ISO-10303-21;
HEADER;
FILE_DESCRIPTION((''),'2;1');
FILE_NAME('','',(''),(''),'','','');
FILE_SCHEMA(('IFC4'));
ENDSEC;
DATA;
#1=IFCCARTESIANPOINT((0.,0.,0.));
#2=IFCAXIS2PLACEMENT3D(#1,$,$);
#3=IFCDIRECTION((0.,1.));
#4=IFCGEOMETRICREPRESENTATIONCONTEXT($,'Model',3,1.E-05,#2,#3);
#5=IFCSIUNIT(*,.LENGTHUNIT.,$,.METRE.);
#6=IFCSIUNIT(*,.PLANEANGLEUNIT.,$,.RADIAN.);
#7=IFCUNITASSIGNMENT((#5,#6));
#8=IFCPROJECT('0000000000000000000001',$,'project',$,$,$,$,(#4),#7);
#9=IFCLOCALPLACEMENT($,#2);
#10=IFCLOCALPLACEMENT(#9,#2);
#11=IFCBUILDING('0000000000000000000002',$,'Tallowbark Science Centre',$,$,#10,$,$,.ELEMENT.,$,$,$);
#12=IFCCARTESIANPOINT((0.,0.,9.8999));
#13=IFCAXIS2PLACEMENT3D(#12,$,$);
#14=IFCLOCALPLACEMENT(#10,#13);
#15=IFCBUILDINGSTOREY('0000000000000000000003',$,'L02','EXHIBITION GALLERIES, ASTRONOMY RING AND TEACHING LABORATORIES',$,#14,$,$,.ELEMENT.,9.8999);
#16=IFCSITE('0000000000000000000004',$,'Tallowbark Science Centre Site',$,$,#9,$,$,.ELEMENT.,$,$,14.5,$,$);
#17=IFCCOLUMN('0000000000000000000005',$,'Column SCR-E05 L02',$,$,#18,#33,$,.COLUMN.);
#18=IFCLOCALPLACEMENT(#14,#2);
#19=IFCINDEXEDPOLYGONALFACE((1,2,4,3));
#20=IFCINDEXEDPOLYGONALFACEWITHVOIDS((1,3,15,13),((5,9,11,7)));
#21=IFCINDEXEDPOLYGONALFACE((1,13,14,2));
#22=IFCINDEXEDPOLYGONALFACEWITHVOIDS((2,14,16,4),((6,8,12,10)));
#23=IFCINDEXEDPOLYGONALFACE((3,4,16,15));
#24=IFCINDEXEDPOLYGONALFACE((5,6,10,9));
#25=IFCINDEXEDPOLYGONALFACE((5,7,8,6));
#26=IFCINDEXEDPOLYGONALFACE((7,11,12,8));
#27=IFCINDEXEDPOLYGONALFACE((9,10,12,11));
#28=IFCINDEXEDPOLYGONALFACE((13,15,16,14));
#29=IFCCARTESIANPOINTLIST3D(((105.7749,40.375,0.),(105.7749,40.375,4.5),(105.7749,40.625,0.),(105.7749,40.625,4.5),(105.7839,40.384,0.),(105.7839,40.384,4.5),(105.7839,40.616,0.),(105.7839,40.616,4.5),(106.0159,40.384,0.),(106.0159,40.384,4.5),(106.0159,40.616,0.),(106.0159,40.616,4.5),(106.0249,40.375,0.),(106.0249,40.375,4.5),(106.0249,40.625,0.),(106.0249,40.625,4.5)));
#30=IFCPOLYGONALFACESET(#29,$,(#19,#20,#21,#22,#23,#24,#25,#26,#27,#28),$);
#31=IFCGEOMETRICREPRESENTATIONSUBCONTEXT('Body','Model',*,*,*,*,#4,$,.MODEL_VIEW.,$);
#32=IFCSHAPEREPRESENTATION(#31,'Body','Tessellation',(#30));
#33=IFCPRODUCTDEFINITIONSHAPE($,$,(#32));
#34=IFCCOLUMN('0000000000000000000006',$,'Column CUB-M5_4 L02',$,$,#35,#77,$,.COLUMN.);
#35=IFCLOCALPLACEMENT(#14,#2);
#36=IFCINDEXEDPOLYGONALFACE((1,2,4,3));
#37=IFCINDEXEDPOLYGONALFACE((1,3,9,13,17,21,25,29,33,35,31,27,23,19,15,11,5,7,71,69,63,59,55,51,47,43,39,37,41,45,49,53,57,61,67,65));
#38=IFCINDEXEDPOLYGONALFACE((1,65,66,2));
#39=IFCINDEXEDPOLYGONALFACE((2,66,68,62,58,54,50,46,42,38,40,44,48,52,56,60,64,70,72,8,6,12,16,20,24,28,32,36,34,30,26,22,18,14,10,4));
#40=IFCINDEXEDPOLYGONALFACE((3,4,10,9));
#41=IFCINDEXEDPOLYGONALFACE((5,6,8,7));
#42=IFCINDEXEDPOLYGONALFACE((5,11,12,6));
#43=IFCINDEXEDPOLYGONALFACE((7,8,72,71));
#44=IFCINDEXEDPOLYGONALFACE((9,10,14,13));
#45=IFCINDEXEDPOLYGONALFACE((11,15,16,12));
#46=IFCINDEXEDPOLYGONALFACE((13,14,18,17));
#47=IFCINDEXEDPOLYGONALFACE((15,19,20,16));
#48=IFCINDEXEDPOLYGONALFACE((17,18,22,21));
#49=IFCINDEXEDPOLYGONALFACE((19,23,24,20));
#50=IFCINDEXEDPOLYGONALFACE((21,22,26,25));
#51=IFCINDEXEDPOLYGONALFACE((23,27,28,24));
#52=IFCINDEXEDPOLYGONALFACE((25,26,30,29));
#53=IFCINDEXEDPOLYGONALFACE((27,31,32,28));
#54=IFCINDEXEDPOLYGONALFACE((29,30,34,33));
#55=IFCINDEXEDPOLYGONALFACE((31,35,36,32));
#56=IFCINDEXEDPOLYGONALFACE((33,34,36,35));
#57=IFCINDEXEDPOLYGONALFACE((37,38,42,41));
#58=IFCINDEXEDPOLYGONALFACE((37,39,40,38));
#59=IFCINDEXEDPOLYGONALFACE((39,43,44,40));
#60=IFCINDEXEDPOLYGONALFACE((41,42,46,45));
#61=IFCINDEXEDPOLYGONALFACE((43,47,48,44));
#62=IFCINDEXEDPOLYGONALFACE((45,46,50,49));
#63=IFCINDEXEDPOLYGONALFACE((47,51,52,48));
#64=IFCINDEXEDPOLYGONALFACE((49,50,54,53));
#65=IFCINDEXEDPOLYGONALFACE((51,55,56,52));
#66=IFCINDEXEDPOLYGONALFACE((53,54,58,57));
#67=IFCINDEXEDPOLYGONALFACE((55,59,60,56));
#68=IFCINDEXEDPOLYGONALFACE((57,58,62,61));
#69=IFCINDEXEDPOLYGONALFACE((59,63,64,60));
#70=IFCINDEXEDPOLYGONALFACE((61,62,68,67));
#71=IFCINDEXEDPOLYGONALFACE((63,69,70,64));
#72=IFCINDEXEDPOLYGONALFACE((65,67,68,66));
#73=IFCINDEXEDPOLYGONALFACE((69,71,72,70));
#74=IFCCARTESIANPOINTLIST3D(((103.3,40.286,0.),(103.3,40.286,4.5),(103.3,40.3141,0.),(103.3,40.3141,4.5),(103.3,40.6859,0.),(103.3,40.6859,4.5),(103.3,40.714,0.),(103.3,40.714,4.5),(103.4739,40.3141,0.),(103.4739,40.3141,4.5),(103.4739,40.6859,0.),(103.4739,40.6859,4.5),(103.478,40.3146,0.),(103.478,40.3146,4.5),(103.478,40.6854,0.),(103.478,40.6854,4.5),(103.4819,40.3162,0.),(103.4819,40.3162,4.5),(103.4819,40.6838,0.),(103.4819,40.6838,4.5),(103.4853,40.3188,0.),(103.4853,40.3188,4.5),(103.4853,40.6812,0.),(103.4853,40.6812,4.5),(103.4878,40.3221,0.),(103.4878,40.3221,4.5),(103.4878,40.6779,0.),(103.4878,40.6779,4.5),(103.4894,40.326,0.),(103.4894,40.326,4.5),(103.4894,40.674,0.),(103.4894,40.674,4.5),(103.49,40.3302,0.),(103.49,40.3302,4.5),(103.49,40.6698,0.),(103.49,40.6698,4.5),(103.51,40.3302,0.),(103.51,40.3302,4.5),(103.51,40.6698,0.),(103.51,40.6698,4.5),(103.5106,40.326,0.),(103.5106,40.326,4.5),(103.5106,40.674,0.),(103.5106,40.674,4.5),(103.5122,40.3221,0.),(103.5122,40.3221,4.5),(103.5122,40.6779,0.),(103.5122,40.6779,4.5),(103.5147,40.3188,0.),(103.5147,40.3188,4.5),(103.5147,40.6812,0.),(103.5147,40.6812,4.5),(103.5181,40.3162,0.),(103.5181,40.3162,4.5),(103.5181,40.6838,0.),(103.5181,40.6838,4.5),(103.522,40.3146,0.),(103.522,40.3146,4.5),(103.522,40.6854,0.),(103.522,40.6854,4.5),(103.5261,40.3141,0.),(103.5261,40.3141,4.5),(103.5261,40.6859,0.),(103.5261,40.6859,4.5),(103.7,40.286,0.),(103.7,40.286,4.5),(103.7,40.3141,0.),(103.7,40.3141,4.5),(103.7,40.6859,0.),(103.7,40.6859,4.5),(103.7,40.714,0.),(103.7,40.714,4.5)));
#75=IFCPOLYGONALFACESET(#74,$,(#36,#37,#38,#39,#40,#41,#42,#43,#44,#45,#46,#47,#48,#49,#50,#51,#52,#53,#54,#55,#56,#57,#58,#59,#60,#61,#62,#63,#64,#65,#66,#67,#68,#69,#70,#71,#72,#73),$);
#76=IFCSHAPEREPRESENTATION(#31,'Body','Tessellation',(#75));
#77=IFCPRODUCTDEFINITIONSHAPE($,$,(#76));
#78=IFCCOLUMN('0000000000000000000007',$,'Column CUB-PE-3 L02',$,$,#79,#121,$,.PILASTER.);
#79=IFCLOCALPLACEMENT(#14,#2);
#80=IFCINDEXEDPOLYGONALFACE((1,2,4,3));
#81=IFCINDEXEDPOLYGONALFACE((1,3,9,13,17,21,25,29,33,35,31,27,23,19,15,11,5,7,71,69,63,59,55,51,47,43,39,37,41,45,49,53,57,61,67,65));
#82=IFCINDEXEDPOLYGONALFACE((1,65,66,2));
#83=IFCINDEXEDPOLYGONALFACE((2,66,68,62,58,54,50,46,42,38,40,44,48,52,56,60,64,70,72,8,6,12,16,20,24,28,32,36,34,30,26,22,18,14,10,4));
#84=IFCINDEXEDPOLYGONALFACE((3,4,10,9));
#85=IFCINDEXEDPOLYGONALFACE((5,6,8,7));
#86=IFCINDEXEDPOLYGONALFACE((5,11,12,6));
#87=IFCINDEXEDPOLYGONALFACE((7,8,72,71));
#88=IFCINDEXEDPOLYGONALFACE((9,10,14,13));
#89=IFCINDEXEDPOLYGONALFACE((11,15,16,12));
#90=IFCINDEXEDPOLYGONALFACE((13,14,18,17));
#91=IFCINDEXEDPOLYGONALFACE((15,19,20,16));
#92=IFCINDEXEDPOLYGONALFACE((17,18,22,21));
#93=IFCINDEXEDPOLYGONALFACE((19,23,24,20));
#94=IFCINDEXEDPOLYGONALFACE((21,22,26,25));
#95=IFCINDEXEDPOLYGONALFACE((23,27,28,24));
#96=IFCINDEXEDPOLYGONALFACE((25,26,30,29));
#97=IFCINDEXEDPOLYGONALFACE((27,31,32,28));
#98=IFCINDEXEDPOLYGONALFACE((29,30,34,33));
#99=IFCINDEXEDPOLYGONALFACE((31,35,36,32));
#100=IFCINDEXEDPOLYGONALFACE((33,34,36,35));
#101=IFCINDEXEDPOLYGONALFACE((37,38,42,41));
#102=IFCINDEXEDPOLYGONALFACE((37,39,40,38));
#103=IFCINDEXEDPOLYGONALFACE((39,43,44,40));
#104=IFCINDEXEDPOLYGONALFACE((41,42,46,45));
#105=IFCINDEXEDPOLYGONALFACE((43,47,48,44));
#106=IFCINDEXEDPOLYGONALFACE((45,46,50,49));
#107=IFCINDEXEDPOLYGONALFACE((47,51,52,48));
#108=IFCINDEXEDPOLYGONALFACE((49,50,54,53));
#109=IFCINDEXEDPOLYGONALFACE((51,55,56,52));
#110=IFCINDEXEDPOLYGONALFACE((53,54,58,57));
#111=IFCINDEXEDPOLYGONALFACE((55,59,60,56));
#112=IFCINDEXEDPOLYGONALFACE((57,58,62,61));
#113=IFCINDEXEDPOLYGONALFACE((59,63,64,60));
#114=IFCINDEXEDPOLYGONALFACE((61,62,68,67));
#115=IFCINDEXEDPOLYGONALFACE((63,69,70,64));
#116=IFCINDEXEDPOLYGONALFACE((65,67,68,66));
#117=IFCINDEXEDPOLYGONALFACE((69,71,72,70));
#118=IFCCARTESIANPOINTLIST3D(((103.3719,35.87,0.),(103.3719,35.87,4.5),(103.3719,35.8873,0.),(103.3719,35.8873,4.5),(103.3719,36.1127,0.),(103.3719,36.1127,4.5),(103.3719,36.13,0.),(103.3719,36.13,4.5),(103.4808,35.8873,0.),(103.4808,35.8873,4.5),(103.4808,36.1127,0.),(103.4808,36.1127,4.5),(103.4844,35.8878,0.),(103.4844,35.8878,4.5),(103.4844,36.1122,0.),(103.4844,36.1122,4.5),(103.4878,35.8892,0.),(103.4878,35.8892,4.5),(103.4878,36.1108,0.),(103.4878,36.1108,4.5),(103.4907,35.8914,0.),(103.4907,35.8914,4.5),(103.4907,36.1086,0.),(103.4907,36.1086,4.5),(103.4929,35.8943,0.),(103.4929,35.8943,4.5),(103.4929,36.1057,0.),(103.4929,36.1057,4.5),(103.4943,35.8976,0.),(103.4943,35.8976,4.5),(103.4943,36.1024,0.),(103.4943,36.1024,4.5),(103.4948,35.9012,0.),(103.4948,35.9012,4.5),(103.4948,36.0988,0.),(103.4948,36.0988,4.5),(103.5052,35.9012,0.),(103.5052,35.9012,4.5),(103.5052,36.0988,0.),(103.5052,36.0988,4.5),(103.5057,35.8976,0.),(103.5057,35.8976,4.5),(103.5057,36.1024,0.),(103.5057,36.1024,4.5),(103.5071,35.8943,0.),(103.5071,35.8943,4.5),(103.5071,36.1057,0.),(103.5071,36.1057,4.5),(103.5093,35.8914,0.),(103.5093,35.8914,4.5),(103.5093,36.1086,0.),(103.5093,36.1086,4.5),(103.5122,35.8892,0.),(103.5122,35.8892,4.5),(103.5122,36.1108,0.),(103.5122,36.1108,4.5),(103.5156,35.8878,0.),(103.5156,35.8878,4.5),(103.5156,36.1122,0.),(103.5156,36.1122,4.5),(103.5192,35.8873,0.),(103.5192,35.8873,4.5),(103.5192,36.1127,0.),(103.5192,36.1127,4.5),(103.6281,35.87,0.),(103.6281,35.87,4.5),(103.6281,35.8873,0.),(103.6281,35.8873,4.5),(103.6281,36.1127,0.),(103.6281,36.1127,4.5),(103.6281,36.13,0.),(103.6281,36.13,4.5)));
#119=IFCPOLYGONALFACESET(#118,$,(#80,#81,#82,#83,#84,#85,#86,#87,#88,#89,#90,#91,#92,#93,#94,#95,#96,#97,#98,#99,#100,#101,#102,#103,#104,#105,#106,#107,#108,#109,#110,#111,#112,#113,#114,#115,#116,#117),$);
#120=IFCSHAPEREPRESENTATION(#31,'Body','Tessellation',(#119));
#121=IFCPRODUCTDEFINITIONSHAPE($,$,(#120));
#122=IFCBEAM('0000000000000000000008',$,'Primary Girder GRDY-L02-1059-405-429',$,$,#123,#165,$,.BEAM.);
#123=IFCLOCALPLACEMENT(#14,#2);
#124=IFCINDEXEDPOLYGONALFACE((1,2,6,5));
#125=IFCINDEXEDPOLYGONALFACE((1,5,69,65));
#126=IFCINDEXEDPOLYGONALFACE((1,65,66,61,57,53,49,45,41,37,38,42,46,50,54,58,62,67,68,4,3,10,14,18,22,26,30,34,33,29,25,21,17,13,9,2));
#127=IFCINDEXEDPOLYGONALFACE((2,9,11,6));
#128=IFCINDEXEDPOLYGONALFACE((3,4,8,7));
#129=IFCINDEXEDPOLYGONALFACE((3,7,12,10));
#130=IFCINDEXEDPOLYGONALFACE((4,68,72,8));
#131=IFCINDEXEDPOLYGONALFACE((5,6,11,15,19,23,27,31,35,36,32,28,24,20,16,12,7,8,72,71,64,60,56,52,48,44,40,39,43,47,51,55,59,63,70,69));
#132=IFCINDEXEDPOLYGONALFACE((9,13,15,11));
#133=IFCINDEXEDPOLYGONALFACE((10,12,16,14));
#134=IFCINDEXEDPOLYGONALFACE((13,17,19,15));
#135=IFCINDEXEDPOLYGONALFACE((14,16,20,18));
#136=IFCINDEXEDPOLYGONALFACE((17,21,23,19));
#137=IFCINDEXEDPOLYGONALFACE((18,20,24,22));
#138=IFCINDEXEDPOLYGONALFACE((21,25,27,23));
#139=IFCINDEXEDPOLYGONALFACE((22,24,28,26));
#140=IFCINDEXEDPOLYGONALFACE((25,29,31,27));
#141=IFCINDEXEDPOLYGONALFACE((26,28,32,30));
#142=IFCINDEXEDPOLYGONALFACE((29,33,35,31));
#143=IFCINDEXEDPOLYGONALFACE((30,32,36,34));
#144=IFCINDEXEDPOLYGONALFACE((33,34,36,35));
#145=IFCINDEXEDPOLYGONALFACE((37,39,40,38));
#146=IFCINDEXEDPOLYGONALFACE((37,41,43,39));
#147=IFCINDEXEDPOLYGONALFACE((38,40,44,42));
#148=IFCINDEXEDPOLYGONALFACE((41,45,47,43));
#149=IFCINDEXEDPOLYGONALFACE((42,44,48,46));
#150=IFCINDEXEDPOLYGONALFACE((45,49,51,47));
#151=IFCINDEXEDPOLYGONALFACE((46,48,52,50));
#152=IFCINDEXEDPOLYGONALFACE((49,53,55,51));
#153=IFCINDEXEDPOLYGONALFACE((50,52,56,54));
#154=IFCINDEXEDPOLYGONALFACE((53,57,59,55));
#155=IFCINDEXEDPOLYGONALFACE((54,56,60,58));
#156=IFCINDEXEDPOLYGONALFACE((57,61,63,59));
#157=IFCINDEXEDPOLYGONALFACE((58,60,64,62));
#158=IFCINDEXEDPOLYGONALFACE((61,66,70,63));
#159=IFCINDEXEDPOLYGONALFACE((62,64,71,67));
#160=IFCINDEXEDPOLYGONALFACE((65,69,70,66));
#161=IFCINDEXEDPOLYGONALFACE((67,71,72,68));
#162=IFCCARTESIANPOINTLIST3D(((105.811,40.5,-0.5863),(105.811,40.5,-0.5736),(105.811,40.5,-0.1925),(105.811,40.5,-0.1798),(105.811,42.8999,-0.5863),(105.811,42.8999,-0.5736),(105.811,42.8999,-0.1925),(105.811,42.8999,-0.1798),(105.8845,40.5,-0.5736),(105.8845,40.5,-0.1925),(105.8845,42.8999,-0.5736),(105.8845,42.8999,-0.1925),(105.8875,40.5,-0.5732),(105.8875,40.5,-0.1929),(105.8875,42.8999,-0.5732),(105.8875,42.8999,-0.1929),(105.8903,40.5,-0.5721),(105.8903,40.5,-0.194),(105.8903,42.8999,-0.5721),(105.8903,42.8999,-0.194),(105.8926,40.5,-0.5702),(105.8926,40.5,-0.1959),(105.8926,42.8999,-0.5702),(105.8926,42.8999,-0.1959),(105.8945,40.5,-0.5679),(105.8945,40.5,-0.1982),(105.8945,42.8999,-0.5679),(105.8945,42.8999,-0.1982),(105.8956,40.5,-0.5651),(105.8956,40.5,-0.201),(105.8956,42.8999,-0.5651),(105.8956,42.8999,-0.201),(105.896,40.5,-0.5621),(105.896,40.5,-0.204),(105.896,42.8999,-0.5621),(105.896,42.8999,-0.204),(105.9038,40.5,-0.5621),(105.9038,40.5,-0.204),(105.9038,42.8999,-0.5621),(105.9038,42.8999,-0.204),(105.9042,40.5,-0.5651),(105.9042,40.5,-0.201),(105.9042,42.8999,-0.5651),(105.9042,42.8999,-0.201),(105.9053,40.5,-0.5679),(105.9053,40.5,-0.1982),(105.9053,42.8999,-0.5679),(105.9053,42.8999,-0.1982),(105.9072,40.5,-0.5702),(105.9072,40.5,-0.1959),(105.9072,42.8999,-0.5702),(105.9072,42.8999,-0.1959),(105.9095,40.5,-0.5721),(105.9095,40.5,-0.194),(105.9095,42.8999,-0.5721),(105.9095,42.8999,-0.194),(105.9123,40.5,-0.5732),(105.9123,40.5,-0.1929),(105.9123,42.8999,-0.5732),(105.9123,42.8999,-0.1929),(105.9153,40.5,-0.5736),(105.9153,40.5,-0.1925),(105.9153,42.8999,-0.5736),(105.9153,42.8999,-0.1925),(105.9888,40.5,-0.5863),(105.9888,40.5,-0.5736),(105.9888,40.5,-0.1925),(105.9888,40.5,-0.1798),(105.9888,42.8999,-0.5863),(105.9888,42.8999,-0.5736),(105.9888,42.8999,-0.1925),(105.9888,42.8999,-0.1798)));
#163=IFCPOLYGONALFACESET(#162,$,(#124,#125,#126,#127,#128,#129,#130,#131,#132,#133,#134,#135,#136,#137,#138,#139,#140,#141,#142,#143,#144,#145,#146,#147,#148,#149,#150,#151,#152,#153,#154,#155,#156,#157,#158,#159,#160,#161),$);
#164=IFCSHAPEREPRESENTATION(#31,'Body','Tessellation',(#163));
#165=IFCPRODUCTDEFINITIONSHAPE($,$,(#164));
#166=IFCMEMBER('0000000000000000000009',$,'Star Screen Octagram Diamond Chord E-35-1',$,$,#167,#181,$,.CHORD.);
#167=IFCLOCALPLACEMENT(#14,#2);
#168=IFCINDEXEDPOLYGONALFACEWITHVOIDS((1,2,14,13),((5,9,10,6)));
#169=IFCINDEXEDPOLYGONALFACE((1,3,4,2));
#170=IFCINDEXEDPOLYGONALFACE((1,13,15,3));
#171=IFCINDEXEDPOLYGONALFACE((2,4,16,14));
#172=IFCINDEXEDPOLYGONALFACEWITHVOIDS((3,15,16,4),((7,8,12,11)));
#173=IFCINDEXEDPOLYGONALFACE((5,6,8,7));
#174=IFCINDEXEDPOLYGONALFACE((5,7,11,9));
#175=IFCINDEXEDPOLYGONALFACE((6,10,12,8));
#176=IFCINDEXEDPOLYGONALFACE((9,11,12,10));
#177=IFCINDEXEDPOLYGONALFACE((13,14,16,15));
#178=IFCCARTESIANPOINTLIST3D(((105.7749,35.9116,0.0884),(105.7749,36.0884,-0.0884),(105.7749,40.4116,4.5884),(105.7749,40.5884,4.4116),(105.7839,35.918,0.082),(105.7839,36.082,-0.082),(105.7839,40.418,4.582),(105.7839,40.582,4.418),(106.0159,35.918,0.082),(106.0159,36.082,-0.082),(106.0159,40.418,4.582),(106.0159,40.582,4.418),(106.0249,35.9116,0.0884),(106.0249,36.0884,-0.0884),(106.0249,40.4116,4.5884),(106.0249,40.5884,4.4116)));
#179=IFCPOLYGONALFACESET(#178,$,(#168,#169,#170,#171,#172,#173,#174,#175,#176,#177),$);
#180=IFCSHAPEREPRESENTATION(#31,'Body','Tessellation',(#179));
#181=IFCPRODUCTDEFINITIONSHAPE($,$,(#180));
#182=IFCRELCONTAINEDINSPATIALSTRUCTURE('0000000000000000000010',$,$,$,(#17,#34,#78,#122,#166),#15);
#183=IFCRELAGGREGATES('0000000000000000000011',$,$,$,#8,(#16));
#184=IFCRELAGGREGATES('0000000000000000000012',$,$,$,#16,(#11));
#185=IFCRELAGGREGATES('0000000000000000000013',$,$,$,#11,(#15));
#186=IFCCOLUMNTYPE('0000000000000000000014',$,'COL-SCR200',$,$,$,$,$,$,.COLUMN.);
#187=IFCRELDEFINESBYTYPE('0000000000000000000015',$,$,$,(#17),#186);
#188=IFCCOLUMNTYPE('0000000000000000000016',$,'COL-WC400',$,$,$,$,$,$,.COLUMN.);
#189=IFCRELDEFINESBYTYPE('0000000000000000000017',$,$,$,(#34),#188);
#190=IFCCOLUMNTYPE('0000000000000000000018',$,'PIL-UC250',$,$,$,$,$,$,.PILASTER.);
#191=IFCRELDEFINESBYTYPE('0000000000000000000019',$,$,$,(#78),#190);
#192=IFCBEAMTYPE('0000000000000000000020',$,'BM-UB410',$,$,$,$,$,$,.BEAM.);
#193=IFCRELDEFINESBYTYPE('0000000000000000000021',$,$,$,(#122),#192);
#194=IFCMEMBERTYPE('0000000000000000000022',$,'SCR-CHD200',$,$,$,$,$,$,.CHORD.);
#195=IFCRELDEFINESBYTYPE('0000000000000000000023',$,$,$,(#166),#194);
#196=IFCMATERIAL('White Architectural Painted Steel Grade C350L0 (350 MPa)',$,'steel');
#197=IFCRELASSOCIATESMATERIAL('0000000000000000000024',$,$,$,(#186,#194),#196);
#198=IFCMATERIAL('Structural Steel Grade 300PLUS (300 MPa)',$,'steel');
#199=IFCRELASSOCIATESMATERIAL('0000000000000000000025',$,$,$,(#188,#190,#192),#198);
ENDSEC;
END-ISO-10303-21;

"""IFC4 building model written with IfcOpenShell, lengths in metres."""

from ifc_helpers import new_model, si_unit, direction, frame, origin, origin_2d, place, context, subcontext, project, spatial, hollow_rectangle, i_section, extrude, material, material_profile, profile_set, type_object, element, save


model = new_model("IFC4")

# Units and contexts
model_context = context("Model", 3, precision=1e-05, world=origin(), true_north=direction((0.0, 1.0)))
body_context = subcontext(model_context, "Body", "Model", "MODEL_VIEW")
ifc_project = project(units=[si_unit("LENGTHUNIT", "METRE"), si_unit("PLANEANGLEUNIT", "RADIAN")], contexts=[model_context])

# Site, building, storey
site_placement = place(None, origin())
site = spatial("IfcSite", under=ifc_project, at=site_placement, Name="Tallowbark Science Centre Site", CompositionType="ELEMENT", RefElevation=14.5)
building_placement = place(site_placement, origin())
building = spatial("IfcBuilding", under=site, at=building_placement, Name="Tallowbark Science Centre", CompositionType="ELEMENT")
storey_placement = place(building_placement, frame((0.0, 0.0, 9.8999)))
storey = spatial("IfcBuildingStorey", under=building, at=storey_placement, Name="L02", Description="EXHIBITION GALLERIES, ASTRONOMY RING AND TEACHING LABORATORIES", CompositionType="ELEMENT", Elevation=9.8999)

# Columns
ifc_material_1 = material(Name="White Architectural Painted Steel Grade C350L0 (350 MPa)", Category="steel")
ifc_material_profile_1 = material_profile(ifc_material_1, hollow_rectangle(XDim=0.25, YDim=0.25, WallThickness=0.009, at=origin_2d()), Name="250x250x9.0SHS")
ifc_profile_set_1 = profile_set([ifc_material_profile_1], Name="White Architectural Painted Steel Grade C350L0 (350 MPa)")
column_type_1 = type_object("IfcColumnType", Name="COL-SCR200", PredefinedType="COLUMN", material=ifc_profile_set_1)
column_1_placement = place(storey_placement, frame((105.8999, 40.5, 0.0), z_axis=(0.0, 0.0, 1.0), x_axis=(1.0, 0.0, 0.0)))
element("IfcColumn", 1, at=column_1_placement, inside=storey, type_object=column_type_1, Name="Column SCR-E05 L02", PredefinedType="COLUMN", context=body_context, shape_type="SweptSolid", body=[
    extrude(hollow_rectangle(XDim=0.25, YDim=0.25, WallThickness=0.009, at=origin_2d()), origin(), (0.0, 0.0, 1.0), 4.5),
])
ifc_material_2 = material(Name="Structural Steel Grade 300PLUS (300 MPa)", Category="steel")
ifc_material_profile_2 = material_profile(ifc_material_2, i_section(OverallWidth=0.3999, OverallDepth=0.428, WebThickness=0.02, FlangeThickness=0.0281, FilletRadius=0.0161, at=origin_2d()), Name="400WC270")
ifc_profile_set_2 = profile_set([ifc_material_profile_2], Name="Structural Steel Grade 300PLUS (300 MPa)")
column_type_2 = type_object("IfcColumnType", Name="COL-WC400", PredefinedType="COLUMN", material=ifc_profile_set_2)
column_2_placement = place(storey_placement, frame((103.5, 40.5, 0.0), z_axis=(0.0, 0.0, 1.0), x_axis=(1.0, 0.0, 0.0)))
element("IfcColumn", 2, at=column_2_placement, inside=storey, type_object=column_type_2, Name="Column CUB-M5_4 L02", PredefinedType="COLUMN", context=body_context, shape_type="SweptSolid", body=[
    extrude(i_section(OverallWidth=0.3999, OverallDepth=0.428, WebThickness=0.02, FlangeThickness=0.0281, FilletRadius=0.0161, at=origin_2d()), origin(), (0.0, 0.0, 1.0), 4.5),
])
ifc_material_profile_3 = material_profile(ifc_material_2, i_section(OverallWidth=0.2561, OverallDepth=0.26, WebThickness=0.0105, FlangeThickness=0.0173, FilletRadius=0.0139, at=origin_2d()), Name="250UC89.5")
ifc_profile_set_3 = profile_set([ifc_material_profile_3], Name="Structural Steel Grade 300PLUS (300 MPa)")
column_type_3 = type_object("IfcColumnType", Name="PIL-UC250", PredefinedType="PILASTER", material=ifc_profile_set_3)
column_3_placement = place(storey_placement, frame((103.5, 36.0, 0.0), z_axis=(0.0, 0.0, 1.0), x_axis=(1.0, 0.0, 0.0)))
element("IfcColumn", 3, at=column_3_placement, inside=storey, type_object=column_type_3, Name="Column CUB-PE-3 L02", PredefinedType="PILASTER", context=body_context, shape_type="SweptSolid", body=[
    extrude(i_section(OverallWidth=0.2561, OverallDepth=0.26, WebThickness=0.0105, FlangeThickness=0.0173, FilletRadius=0.0139, at=origin_2d()), origin(), (0.0, 0.0, 1.0), 4.5),
])

# Beam
ifc_material_profile_4 = material_profile(ifc_material_2, i_section(OverallWidth=0.1777, OverallDepth=0.4065, WebThickness=0.0078, FlangeThickness=0.0127, FilletRadius=0.0115, at=origin_2d()), Name="410UB59.7")
ifc_profile_set_4 = profile_set([ifc_material_profile_4], Name="Structural Steel Grade 300PLUS (300 MPa)")
beam_type_1 = type_object("IfcBeamType", Name="BM-UB410", PredefinedType="BEAM", material=ifc_profile_set_4)
beam_1_placement = place(storey_placement, frame((105.8999, 40.5, -0.3831), z_axis=(0.0, 1.0, 0.0), x_axis=(-1.0, 0.0, 0.0)))
element("IfcBeam", 4, at=beam_1_placement, inside=storey, type_object=beam_type_1, Name="Primary Girder GRDY-L02-1059-405-429", PredefinedType="BEAM", context=body_context, shape_type="SweptSolid", body=[
    extrude(i_section(OverallWidth=0.1777, OverallDepth=0.4065, WebThickness=0.0078, FlangeThickness=0.0127, FilletRadius=0.0115, at=origin_2d()), origin(), (0.0, 0.0, 1.0), 2.3999),
])

# Member
ifc_material_profile_5 = material_profile(ifc_material_1, hollow_rectangle(XDim=0.25, YDim=0.25, WallThickness=0.009, at=origin_2d()), Name="250x250x9.0SHS")
ifc_profile_set_5 = profile_set([ifc_material_profile_5], Name="White Architectural Painted Steel Grade C350L0 (350 MPa)")
member_type_1 = type_object("IfcMemberType", Name="SCR-CHD200", PredefinedType="CHORD", material=ifc_profile_set_5)
for number, where, z_axis, x_axis, name in (
    (5, (105.8999, 36.0, 0.0), (0.0, 0.707107, 0.707107), (-1.0, 0.0, 0.0), "Star Screen Octagram Diamond Chord E-35-1"),
):
    element("IfcMember", number, at=place(storey_placement, frame(where, z_axis=z_axis, x_axis=x_axis)), inside=storey, type_object=member_type_1, Name=name, PredefinedType="CHORD", context=body_context, shape_type="SweptSolid", body=[
        extrude(hollow_rectangle(XDim=0.25, YDim=0.25, WallThickness=0.009, at=origin_2d()), origin(), (0.0, 0.0, 1.0), 6.364),
    ])

save(model, "model.ifc")
